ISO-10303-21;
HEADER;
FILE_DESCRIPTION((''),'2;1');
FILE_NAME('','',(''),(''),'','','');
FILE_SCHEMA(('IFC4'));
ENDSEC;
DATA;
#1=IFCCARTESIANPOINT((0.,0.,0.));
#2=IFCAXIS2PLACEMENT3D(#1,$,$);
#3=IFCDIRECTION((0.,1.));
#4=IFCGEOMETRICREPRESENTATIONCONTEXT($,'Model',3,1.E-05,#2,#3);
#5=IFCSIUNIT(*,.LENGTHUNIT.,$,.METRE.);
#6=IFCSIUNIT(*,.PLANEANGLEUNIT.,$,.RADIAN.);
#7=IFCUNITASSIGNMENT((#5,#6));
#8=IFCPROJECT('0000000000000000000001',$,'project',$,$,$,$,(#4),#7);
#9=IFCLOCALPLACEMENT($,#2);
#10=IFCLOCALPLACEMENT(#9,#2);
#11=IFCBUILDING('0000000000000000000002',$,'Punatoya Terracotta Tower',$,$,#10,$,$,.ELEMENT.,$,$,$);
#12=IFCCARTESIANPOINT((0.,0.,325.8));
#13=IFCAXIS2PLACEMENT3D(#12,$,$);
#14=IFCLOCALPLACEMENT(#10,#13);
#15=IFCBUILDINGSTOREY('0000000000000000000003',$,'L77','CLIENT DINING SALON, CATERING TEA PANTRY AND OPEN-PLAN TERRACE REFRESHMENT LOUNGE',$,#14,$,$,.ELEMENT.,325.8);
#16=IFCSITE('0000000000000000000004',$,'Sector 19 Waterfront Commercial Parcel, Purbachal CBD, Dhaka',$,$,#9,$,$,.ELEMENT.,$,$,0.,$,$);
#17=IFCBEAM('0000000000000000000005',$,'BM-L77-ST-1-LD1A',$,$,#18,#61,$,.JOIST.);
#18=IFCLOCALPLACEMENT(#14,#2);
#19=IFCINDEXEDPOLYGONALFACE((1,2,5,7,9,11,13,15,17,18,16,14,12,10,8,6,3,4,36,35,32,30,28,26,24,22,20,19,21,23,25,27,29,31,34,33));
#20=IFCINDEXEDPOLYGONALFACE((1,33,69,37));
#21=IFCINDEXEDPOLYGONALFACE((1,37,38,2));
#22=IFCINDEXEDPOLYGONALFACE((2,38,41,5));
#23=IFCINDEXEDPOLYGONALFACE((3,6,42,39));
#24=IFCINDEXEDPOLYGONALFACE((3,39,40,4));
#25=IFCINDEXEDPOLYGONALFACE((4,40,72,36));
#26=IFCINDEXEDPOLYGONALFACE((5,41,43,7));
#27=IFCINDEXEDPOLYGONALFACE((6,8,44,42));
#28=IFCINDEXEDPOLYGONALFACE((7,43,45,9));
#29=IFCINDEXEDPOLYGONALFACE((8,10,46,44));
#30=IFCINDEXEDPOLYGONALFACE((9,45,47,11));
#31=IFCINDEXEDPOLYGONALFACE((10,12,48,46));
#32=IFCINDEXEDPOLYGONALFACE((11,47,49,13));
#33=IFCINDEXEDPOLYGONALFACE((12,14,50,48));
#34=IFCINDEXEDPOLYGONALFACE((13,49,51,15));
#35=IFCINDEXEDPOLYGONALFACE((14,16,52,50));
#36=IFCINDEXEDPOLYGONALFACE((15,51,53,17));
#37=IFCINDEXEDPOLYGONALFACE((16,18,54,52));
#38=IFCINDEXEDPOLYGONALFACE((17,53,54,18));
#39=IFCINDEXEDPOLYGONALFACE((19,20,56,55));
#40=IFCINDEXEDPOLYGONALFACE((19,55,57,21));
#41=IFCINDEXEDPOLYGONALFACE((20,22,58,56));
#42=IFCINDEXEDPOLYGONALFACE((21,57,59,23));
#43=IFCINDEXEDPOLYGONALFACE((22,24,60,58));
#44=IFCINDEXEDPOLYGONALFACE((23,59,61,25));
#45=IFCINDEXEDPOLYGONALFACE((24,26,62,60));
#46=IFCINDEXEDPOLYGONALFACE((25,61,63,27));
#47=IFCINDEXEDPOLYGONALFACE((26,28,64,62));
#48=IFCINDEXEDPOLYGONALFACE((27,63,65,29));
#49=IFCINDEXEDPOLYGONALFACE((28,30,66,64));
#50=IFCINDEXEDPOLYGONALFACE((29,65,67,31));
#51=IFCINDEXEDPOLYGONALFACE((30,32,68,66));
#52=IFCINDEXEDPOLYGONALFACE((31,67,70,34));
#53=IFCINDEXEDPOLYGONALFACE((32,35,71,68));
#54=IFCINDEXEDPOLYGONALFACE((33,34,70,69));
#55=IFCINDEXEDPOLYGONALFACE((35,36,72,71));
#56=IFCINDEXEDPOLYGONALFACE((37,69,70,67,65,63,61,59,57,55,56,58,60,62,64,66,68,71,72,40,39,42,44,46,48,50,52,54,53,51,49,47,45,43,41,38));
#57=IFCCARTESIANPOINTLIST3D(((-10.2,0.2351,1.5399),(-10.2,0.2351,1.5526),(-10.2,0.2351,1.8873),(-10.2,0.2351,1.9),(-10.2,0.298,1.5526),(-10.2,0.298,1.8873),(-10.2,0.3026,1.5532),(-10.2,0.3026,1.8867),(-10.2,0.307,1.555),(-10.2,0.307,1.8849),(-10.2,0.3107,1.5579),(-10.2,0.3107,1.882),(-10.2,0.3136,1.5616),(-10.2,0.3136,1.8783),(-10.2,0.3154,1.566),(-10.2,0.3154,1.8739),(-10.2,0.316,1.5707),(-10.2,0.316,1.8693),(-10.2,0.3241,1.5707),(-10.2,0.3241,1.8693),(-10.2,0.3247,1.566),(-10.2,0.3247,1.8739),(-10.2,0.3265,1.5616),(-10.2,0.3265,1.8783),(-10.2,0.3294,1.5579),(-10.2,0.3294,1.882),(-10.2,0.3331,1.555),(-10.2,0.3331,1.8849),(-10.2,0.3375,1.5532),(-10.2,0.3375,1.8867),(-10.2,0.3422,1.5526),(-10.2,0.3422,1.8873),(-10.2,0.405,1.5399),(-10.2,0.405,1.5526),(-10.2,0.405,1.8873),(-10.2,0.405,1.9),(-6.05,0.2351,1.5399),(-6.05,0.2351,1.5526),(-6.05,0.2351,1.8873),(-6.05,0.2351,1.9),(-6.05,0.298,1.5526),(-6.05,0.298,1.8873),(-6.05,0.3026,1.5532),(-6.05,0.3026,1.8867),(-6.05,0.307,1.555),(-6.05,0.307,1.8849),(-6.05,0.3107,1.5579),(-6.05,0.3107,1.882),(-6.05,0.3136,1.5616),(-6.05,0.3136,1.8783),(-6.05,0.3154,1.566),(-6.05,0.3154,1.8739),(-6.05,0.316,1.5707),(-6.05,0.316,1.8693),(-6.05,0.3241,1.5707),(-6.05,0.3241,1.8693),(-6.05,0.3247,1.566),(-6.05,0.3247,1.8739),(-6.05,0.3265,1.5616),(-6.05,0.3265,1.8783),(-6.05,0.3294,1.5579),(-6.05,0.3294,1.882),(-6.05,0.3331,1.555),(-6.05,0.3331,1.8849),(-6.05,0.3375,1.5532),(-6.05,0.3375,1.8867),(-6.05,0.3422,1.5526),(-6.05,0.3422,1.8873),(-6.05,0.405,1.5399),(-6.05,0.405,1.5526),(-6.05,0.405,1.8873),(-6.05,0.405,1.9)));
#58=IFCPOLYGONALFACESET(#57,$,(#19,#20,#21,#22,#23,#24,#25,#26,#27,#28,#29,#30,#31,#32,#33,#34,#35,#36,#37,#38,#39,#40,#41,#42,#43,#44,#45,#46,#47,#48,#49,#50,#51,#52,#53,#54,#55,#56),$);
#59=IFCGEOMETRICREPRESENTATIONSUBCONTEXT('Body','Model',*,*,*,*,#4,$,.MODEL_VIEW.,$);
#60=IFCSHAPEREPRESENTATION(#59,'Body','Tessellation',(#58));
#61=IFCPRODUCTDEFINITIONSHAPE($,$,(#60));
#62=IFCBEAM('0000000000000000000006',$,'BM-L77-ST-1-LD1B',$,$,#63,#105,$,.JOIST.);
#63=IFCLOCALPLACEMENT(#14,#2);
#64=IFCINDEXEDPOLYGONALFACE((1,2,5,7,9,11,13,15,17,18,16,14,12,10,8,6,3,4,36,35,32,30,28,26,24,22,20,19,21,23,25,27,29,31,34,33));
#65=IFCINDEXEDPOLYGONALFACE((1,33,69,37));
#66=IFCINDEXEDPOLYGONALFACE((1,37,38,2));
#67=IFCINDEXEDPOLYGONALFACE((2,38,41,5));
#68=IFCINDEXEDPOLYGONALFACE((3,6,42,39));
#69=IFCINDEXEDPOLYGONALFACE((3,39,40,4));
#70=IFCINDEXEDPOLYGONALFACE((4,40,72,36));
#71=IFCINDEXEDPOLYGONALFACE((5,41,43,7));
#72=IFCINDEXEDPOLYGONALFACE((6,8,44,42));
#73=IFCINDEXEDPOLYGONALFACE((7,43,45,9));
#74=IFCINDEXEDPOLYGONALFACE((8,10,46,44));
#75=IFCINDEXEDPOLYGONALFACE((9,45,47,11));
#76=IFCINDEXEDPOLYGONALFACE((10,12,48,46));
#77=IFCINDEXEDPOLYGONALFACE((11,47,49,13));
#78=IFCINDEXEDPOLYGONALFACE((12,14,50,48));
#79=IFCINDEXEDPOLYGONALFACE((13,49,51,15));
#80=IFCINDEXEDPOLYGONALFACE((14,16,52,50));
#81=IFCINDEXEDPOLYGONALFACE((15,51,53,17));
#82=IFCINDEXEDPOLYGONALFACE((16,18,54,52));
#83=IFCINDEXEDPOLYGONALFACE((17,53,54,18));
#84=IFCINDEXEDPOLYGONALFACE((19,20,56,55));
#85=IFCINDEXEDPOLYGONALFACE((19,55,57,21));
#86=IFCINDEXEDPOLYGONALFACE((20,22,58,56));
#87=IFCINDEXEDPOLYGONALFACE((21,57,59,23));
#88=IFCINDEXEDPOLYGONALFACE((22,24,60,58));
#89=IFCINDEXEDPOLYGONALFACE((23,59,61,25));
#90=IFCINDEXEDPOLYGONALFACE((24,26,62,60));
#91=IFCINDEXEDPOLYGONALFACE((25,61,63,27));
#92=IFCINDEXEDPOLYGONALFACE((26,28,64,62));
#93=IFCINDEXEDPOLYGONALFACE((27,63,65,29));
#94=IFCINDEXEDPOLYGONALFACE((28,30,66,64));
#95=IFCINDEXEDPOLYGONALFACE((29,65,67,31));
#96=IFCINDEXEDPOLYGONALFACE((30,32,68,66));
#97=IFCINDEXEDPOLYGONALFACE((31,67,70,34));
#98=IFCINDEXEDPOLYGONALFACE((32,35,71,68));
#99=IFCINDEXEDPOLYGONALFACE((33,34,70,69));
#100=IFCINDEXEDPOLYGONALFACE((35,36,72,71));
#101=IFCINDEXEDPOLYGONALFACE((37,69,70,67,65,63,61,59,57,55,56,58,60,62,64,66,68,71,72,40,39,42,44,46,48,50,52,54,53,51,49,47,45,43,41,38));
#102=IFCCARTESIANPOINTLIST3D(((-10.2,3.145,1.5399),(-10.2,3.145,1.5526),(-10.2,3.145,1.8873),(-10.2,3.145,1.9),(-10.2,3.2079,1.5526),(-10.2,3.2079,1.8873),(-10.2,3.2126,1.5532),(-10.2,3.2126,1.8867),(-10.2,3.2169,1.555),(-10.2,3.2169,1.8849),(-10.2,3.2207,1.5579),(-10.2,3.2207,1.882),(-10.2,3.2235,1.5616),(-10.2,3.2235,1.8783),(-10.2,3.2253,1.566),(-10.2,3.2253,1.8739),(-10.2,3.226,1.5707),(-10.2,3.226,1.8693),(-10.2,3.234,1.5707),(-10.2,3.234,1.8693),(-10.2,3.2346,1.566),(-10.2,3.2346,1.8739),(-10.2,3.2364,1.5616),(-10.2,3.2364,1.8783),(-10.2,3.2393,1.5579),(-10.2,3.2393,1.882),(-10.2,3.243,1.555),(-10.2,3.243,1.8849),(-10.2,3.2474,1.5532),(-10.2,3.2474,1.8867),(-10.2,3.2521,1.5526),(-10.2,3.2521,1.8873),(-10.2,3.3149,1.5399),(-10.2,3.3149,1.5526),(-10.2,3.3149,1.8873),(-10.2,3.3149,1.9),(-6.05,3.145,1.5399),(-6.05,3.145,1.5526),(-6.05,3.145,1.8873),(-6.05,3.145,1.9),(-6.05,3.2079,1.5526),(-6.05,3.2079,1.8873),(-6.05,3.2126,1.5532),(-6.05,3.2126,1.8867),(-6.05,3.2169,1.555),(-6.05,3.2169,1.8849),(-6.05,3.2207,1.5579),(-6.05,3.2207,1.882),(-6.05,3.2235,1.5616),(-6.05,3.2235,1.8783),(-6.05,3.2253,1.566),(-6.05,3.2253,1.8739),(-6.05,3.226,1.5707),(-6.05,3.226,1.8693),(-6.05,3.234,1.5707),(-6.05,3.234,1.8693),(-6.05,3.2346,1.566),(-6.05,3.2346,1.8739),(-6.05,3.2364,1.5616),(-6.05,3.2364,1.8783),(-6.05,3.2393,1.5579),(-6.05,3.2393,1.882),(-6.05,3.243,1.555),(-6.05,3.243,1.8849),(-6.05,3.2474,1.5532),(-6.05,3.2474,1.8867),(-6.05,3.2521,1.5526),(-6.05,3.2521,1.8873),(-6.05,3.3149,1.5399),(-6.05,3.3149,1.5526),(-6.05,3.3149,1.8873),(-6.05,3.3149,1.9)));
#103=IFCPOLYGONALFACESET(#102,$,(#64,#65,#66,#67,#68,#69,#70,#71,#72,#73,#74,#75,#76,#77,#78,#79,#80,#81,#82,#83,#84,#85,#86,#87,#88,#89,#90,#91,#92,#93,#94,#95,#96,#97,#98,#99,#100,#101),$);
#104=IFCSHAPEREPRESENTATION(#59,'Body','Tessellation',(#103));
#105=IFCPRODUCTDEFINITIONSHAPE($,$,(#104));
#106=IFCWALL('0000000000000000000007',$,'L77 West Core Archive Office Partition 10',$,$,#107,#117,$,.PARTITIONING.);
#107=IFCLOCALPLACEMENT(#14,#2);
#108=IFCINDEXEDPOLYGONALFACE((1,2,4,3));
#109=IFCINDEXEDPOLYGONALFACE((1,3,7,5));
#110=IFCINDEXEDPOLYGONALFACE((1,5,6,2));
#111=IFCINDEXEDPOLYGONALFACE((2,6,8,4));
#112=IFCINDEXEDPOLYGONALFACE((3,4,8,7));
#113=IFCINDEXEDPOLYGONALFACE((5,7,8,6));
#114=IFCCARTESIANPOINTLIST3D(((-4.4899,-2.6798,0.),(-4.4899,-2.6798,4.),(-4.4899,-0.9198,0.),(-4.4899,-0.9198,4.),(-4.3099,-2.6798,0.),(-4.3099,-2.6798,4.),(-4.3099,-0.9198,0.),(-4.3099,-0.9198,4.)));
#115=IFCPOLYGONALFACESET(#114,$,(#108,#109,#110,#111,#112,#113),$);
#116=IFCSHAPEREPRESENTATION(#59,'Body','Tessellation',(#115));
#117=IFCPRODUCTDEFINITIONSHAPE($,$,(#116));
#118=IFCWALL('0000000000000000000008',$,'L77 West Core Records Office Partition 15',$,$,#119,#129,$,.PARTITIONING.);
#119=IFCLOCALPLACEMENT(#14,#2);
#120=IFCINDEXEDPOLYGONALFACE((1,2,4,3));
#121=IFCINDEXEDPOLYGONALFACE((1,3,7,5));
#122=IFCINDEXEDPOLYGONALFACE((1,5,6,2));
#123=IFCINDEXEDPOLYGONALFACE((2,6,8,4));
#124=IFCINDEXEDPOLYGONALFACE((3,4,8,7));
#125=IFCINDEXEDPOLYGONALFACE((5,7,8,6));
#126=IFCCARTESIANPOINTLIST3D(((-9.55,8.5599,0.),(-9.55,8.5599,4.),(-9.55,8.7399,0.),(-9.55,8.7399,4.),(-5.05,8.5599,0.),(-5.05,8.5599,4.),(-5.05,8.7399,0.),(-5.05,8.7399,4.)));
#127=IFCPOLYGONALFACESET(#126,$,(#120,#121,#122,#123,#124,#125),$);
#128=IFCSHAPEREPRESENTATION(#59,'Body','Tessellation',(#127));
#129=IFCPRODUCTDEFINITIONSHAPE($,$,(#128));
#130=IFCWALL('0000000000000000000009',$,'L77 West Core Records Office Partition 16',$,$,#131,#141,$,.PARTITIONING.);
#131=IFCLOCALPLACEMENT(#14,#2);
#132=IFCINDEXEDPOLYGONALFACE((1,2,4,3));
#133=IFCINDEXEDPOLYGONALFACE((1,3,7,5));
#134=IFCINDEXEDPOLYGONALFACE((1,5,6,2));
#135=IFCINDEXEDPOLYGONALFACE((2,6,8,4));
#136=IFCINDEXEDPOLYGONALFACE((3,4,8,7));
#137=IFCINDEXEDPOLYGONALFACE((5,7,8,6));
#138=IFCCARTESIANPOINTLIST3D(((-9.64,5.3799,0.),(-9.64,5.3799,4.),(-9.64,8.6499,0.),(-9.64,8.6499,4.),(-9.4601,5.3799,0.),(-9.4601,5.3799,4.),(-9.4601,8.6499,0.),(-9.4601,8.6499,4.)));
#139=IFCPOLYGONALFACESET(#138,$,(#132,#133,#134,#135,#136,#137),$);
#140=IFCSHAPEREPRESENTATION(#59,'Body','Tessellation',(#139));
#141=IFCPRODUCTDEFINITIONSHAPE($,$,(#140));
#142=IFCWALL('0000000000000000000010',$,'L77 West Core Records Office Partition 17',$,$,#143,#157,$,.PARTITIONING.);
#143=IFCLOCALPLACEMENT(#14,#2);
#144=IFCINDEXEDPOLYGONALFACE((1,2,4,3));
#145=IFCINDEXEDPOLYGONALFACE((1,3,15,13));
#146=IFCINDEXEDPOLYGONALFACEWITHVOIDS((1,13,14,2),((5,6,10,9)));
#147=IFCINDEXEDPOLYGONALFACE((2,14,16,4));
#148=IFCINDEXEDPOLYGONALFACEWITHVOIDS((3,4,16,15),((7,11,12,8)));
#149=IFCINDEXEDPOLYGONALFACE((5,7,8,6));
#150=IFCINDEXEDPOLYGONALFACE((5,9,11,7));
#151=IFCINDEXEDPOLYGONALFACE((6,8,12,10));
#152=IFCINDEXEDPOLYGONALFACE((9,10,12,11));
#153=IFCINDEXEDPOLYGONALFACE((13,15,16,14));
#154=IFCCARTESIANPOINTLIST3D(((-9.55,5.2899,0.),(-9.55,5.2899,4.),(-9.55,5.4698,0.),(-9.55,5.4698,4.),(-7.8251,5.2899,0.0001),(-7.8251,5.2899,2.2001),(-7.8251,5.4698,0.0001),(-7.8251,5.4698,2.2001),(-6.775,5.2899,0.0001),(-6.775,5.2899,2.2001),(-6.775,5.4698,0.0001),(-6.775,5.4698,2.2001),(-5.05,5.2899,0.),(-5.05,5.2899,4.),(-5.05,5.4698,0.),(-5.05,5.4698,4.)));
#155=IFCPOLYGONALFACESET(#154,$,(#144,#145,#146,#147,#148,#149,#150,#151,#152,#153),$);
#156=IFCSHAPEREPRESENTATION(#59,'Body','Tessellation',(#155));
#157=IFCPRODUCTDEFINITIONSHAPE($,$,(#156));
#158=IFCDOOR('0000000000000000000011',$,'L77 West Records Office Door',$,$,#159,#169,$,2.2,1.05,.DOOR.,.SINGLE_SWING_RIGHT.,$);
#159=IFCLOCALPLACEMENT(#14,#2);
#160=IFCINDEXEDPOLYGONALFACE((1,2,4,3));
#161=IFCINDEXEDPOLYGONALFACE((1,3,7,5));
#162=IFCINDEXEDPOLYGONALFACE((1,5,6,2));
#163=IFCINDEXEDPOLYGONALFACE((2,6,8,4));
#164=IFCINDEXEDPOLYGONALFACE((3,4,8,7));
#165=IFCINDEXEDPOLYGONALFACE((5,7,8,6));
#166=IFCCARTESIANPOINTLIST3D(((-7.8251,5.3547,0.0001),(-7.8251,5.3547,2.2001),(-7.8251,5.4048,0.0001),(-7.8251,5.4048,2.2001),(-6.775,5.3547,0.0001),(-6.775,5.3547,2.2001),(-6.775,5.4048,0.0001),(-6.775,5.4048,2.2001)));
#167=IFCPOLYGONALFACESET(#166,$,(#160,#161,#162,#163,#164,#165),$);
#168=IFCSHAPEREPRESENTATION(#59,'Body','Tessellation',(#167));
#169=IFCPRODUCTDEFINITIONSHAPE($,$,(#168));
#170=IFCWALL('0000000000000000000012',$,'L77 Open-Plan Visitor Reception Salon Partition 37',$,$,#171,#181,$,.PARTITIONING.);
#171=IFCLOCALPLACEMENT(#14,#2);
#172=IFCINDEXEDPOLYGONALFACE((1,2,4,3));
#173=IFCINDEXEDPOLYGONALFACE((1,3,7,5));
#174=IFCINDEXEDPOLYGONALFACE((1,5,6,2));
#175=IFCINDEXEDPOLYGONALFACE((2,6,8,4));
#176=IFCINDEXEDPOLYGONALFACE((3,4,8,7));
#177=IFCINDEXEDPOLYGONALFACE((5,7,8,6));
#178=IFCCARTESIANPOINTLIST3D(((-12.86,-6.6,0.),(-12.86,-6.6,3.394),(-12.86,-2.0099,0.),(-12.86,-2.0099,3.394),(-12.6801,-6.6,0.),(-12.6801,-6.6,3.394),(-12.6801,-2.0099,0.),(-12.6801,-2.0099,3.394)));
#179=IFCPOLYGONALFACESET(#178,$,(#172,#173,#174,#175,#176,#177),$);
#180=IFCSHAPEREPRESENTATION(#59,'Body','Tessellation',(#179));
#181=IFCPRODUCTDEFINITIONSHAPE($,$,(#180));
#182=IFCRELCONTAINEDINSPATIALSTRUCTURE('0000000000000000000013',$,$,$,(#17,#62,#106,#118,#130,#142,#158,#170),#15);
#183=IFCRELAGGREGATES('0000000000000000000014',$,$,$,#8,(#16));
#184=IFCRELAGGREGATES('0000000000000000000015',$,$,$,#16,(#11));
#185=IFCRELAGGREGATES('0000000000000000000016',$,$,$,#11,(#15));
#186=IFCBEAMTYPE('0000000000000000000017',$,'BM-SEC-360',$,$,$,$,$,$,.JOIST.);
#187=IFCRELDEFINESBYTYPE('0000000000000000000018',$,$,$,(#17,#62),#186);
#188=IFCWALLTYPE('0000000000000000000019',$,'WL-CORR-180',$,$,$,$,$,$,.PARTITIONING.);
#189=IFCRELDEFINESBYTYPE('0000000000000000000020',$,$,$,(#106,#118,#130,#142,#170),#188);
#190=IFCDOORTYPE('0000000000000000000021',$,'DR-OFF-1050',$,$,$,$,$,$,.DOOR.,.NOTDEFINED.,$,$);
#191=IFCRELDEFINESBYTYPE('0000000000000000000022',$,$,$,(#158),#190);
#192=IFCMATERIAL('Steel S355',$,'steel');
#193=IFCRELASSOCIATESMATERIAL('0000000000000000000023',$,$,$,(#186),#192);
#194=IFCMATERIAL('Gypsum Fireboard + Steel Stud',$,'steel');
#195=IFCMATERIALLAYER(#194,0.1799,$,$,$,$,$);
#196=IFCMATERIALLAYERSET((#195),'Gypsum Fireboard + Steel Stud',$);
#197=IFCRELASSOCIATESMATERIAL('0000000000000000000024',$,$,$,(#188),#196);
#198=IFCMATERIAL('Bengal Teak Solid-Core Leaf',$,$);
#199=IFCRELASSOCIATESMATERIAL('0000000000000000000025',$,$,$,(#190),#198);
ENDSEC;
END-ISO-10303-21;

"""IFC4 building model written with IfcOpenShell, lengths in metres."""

from ifc_helpers import new_model, si_unit, direction, frame, frame_2d, origin, origin_2d, place, context, subcontext, project, spatial, rectangle, i_section, extrude, material, layer, layer_set, material_profile, profile_set, type_object, element, fill, save


model = new_model("IFC4")

# Units and contexts
model_context = context("Model", 3, precision=1e-05, world=origin(), true_north=direction((0.0, 1.0)))
body_context = subcontext(model_context, "Body", "Model", "MODEL_VIEW")
ifc_project = project(units=[si_unit("LENGTHUNIT", "METRE"), si_unit("PLANEANGLEUNIT", "RADIAN")], contexts=[model_context])

# Site, building, storey
site_placement = place(None, origin())
site = spatial("IfcSite", under=ifc_project, at=site_placement, Name="Sector 19 Waterfront Commercial Parcel, Purbachal CBD, Dhaka", CompositionType="ELEMENT", RefElevation=0.0)
building_placement = place(site_placement, origin())
building = spatial("IfcBuilding", under=site, at=building_placement, Name="Punatoya Terracotta Tower", CompositionType="ELEMENT")
storey_placement = place(building_placement, frame((0.0, 0.0, 325.8)))
storey = spatial("IfcBuildingStorey", under=building, at=storey_placement, Name="L77", Description="CLIENT DINING SALON, CATERING TEA PANTRY AND OPEN-PLAN TERRACE REFRESHMENT LOUNGE", CompositionType="ELEMENT", Elevation=325.8)

# Beams
ifc_material_1 = material(Name="Steel S355", Category="steel")
ifc_material_profile_1 = material_profile(ifc_material_1, i_section(OverallWidth=0.1699, OverallDepth=0.3601, WebThickness=0.0081, FlangeThickness=0.0127, FilletRadius=0.0181, at=origin_2d()))
ifc_profile_set_1 = profile_set([ifc_material_profile_1], Name="Steel S355")
beam_type_1 = type_object("IfcBeamType", Name="BM-SEC-360", PredefinedType="JOIST", material=ifc_profile_set_1)
for number, where, z_axis, x_axis, name in (
    (1, (-10.2, 0.3201, 1.72), (1.0, 0.0, 0.0), (0.0, 1.0, 0.0), "BM-L77-ST-1-LD1A"),
    (2, (-10.2, 3.23, 1.72), (1.0, 0.0, 0.0), (0.0, 1.0, 0.0), "BM-L77-ST-1-LD1B"),
):
    element("IfcBeam", number, at=place(storey_placement, frame(where, z_axis=z_axis, x_axis=x_axis)), inside=storey, type_object=beam_type_1, Name=name, PredefinedType="JOIST", context=body_context, shape_type="SweptSolid", body=[
        extrude(i_section(OverallWidth=0.1699, OverallDepth=0.3601, WebThickness=0.0081, FlangeThickness=0.0127, FilletRadius=0.0181, at=origin_2d()), origin(), (0.0, 0.0, 1.0), 4.1499),
    ])

# Walls
ifc_material_2 = material(Name="Gypsum Fireboard + Steel Stud", Category="steel")
ifc_layer_1 = layer(ifc_material_2, 0.1799)
ifc_layer_set_1 = layer_set([ifc_layer_1], Name="Gypsum Fireboard + Steel Stud")
wall_type_1 = type_object("IfcWallType", Name="WL-CORR-180", PredefinedType="PARTITIONING", material=ifc_layer_set_1)
wall_1_placement = place(storey_placement, frame((-4.3999, -0.9199, 0.0), z_axis=(0.0, 0.0, 1.0), x_axis=(0.0, -1.0, 0.0)))
element("IfcWall", 3, at=wall_1_placement, inside=storey, type_object=wall_type_1, Name="L77 West Core Archive Office Partition 10", PredefinedType="PARTITIONING", context=body_context, shape_type="SweptSolid", body=[
    extrude(rectangle(XDim=1.76, YDim=0.1799, at=frame_2d((0.8799, 0.0))), origin(), (0.0, 0.0, 1.0), 4.0),
])
wall_2_placement = place(storey_placement, frame((-5.05, 8.6499, 0.0), z_axis=(0.0, 0.0, 1.0), x_axis=(-1.0, 0.0, 0.0)))
element("IfcWall", 4, at=wall_2_placement, inside=storey, type_object=wall_type_1, Name="L77 West Core Records Office Partition 15", PredefinedType="PARTITIONING", context=body_context, shape_type="SweptSolid", body=[
    extrude(rectangle(XDim=4.5, YDim=0.1799, at=frame_2d((2.25, 0.0))), origin(), (0.0, 0.0, 1.0), 4.0),
])
wall_3_placement = place(storey_placement, frame((-9.55, 8.6499, 0.0), z_axis=(0.0, 0.0, 1.0), x_axis=(0.0, -1.0, 0.0)))
element("IfcWall", 5, at=wall_3_placement, inside=storey, type_object=wall_type_1, Name="L77 West Core Records Office Partition 16", PredefinedType="PARTITIONING", context=body_context, shape_type="SweptSolid", body=[
    extrude(rectangle(XDim=3.27, YDim=0.1799, at=frame_2d((1.635, 0.0))), origin(), (0.0, 0.0, 1.0), 4.0),
])

# Wall, opening, door
wall_4_placement = place(storey_placement, frame((-9.55, 5.3799, 0.0), z_axis=(0.0, 0.0, 1.0), x_axis=(1.0, 0.0, 0.0)))
wall_4 = element("IfcWall", 6, at=wall_4_placement, inside=storey, type_object=wall_type_1, Name="L77 West Core Records Office Partition 17", PredefinedType="PARTITIONING", context=body_context, shape_type="SweptSolid", body=[
    extrude(rectangle(XDim=4.5, YDim=0.1799, at=frame_2d((2.25, 0.0))), origin(), (0.0, 0.0, 1.0), 4.0),
])
opening_1_placement = place(wall_4_placement, frame((1.7251, 0.0, 0.0)))
opening_1 = element("IfcOpeningElement", 7, at=opening_1_placement, cuts=wall_4, PredefinedType="OPENING", context=body_context, shape_type="SweptSolid", body=[
    extrude(rectangle(XDim=1.05, YDim=2.2, at=frame_2d((0.5249, 1.1001))), frame((0.0, 0.0999, 0.0), z_axis=(0.0, -1.0, 0.0), x_axis=(1.0, 0.0, 0.0)), (0.0, 0.0, 1.0), 0.2),
])
ifc_material_3 = material(Name="Bengal Teak Solid-Core Leaf")
door_type_1 = type_object("IfcDoorType", Name="DR-OFF-1050", OperationType="NOTDEFINED", PredefinedType="DOOR", material=ifc_material_3)
door_1_placement = place(opening_1_placement, origin())
door_1 = element("IfcDoor", 8, at=door_1_placement, inside=storey, type_object=door_type_1, Name="L77 West Records Office Door", OperationType="SINGLE_SWING_RIGHT", OverallHeight=2.2, OverallWidth=1.05, PredefinedType="DOOR", context=body_context, shape_type="SweptSolid", body=[
    extrude(rectangle(XDim=1.05, YDim=2.2, at=frame_2d((0.5249, 1.1001))), frame((0.0, 0.0249, 0.0), z_axis=(0.0, -1.0, 0.0), x_axis=(1.0, 0.0, 0.0)), (0.0, 0.0, 1.0), 0.05),
])
fill(opening_1, door_1)

# Wall
wall_5_placement = place(storey_placement, frame((-12.77, -2.01, 0.0), z_axis=(0.0, 0.0, 1.0), x_axis=(0.0, -1.0, 0.0)))
element("IfcWall", 9, at=wall_5_placement, inside=storey, type_object=wall_type_1, Name="L77 Open-Plan Visitor Reception Salon Partition 37", PredefinedType="PARTITIONING", context=body_context, shape_type="SweptSolid", body=[
    extrude(rectangle(XDim=4.5901, YDim=0.1799, at=frame_2d((2.2949, 0.0))), origin(), (0.0, 0.0, 1.0), 3.394),
])

save(model, "model.ifc")
